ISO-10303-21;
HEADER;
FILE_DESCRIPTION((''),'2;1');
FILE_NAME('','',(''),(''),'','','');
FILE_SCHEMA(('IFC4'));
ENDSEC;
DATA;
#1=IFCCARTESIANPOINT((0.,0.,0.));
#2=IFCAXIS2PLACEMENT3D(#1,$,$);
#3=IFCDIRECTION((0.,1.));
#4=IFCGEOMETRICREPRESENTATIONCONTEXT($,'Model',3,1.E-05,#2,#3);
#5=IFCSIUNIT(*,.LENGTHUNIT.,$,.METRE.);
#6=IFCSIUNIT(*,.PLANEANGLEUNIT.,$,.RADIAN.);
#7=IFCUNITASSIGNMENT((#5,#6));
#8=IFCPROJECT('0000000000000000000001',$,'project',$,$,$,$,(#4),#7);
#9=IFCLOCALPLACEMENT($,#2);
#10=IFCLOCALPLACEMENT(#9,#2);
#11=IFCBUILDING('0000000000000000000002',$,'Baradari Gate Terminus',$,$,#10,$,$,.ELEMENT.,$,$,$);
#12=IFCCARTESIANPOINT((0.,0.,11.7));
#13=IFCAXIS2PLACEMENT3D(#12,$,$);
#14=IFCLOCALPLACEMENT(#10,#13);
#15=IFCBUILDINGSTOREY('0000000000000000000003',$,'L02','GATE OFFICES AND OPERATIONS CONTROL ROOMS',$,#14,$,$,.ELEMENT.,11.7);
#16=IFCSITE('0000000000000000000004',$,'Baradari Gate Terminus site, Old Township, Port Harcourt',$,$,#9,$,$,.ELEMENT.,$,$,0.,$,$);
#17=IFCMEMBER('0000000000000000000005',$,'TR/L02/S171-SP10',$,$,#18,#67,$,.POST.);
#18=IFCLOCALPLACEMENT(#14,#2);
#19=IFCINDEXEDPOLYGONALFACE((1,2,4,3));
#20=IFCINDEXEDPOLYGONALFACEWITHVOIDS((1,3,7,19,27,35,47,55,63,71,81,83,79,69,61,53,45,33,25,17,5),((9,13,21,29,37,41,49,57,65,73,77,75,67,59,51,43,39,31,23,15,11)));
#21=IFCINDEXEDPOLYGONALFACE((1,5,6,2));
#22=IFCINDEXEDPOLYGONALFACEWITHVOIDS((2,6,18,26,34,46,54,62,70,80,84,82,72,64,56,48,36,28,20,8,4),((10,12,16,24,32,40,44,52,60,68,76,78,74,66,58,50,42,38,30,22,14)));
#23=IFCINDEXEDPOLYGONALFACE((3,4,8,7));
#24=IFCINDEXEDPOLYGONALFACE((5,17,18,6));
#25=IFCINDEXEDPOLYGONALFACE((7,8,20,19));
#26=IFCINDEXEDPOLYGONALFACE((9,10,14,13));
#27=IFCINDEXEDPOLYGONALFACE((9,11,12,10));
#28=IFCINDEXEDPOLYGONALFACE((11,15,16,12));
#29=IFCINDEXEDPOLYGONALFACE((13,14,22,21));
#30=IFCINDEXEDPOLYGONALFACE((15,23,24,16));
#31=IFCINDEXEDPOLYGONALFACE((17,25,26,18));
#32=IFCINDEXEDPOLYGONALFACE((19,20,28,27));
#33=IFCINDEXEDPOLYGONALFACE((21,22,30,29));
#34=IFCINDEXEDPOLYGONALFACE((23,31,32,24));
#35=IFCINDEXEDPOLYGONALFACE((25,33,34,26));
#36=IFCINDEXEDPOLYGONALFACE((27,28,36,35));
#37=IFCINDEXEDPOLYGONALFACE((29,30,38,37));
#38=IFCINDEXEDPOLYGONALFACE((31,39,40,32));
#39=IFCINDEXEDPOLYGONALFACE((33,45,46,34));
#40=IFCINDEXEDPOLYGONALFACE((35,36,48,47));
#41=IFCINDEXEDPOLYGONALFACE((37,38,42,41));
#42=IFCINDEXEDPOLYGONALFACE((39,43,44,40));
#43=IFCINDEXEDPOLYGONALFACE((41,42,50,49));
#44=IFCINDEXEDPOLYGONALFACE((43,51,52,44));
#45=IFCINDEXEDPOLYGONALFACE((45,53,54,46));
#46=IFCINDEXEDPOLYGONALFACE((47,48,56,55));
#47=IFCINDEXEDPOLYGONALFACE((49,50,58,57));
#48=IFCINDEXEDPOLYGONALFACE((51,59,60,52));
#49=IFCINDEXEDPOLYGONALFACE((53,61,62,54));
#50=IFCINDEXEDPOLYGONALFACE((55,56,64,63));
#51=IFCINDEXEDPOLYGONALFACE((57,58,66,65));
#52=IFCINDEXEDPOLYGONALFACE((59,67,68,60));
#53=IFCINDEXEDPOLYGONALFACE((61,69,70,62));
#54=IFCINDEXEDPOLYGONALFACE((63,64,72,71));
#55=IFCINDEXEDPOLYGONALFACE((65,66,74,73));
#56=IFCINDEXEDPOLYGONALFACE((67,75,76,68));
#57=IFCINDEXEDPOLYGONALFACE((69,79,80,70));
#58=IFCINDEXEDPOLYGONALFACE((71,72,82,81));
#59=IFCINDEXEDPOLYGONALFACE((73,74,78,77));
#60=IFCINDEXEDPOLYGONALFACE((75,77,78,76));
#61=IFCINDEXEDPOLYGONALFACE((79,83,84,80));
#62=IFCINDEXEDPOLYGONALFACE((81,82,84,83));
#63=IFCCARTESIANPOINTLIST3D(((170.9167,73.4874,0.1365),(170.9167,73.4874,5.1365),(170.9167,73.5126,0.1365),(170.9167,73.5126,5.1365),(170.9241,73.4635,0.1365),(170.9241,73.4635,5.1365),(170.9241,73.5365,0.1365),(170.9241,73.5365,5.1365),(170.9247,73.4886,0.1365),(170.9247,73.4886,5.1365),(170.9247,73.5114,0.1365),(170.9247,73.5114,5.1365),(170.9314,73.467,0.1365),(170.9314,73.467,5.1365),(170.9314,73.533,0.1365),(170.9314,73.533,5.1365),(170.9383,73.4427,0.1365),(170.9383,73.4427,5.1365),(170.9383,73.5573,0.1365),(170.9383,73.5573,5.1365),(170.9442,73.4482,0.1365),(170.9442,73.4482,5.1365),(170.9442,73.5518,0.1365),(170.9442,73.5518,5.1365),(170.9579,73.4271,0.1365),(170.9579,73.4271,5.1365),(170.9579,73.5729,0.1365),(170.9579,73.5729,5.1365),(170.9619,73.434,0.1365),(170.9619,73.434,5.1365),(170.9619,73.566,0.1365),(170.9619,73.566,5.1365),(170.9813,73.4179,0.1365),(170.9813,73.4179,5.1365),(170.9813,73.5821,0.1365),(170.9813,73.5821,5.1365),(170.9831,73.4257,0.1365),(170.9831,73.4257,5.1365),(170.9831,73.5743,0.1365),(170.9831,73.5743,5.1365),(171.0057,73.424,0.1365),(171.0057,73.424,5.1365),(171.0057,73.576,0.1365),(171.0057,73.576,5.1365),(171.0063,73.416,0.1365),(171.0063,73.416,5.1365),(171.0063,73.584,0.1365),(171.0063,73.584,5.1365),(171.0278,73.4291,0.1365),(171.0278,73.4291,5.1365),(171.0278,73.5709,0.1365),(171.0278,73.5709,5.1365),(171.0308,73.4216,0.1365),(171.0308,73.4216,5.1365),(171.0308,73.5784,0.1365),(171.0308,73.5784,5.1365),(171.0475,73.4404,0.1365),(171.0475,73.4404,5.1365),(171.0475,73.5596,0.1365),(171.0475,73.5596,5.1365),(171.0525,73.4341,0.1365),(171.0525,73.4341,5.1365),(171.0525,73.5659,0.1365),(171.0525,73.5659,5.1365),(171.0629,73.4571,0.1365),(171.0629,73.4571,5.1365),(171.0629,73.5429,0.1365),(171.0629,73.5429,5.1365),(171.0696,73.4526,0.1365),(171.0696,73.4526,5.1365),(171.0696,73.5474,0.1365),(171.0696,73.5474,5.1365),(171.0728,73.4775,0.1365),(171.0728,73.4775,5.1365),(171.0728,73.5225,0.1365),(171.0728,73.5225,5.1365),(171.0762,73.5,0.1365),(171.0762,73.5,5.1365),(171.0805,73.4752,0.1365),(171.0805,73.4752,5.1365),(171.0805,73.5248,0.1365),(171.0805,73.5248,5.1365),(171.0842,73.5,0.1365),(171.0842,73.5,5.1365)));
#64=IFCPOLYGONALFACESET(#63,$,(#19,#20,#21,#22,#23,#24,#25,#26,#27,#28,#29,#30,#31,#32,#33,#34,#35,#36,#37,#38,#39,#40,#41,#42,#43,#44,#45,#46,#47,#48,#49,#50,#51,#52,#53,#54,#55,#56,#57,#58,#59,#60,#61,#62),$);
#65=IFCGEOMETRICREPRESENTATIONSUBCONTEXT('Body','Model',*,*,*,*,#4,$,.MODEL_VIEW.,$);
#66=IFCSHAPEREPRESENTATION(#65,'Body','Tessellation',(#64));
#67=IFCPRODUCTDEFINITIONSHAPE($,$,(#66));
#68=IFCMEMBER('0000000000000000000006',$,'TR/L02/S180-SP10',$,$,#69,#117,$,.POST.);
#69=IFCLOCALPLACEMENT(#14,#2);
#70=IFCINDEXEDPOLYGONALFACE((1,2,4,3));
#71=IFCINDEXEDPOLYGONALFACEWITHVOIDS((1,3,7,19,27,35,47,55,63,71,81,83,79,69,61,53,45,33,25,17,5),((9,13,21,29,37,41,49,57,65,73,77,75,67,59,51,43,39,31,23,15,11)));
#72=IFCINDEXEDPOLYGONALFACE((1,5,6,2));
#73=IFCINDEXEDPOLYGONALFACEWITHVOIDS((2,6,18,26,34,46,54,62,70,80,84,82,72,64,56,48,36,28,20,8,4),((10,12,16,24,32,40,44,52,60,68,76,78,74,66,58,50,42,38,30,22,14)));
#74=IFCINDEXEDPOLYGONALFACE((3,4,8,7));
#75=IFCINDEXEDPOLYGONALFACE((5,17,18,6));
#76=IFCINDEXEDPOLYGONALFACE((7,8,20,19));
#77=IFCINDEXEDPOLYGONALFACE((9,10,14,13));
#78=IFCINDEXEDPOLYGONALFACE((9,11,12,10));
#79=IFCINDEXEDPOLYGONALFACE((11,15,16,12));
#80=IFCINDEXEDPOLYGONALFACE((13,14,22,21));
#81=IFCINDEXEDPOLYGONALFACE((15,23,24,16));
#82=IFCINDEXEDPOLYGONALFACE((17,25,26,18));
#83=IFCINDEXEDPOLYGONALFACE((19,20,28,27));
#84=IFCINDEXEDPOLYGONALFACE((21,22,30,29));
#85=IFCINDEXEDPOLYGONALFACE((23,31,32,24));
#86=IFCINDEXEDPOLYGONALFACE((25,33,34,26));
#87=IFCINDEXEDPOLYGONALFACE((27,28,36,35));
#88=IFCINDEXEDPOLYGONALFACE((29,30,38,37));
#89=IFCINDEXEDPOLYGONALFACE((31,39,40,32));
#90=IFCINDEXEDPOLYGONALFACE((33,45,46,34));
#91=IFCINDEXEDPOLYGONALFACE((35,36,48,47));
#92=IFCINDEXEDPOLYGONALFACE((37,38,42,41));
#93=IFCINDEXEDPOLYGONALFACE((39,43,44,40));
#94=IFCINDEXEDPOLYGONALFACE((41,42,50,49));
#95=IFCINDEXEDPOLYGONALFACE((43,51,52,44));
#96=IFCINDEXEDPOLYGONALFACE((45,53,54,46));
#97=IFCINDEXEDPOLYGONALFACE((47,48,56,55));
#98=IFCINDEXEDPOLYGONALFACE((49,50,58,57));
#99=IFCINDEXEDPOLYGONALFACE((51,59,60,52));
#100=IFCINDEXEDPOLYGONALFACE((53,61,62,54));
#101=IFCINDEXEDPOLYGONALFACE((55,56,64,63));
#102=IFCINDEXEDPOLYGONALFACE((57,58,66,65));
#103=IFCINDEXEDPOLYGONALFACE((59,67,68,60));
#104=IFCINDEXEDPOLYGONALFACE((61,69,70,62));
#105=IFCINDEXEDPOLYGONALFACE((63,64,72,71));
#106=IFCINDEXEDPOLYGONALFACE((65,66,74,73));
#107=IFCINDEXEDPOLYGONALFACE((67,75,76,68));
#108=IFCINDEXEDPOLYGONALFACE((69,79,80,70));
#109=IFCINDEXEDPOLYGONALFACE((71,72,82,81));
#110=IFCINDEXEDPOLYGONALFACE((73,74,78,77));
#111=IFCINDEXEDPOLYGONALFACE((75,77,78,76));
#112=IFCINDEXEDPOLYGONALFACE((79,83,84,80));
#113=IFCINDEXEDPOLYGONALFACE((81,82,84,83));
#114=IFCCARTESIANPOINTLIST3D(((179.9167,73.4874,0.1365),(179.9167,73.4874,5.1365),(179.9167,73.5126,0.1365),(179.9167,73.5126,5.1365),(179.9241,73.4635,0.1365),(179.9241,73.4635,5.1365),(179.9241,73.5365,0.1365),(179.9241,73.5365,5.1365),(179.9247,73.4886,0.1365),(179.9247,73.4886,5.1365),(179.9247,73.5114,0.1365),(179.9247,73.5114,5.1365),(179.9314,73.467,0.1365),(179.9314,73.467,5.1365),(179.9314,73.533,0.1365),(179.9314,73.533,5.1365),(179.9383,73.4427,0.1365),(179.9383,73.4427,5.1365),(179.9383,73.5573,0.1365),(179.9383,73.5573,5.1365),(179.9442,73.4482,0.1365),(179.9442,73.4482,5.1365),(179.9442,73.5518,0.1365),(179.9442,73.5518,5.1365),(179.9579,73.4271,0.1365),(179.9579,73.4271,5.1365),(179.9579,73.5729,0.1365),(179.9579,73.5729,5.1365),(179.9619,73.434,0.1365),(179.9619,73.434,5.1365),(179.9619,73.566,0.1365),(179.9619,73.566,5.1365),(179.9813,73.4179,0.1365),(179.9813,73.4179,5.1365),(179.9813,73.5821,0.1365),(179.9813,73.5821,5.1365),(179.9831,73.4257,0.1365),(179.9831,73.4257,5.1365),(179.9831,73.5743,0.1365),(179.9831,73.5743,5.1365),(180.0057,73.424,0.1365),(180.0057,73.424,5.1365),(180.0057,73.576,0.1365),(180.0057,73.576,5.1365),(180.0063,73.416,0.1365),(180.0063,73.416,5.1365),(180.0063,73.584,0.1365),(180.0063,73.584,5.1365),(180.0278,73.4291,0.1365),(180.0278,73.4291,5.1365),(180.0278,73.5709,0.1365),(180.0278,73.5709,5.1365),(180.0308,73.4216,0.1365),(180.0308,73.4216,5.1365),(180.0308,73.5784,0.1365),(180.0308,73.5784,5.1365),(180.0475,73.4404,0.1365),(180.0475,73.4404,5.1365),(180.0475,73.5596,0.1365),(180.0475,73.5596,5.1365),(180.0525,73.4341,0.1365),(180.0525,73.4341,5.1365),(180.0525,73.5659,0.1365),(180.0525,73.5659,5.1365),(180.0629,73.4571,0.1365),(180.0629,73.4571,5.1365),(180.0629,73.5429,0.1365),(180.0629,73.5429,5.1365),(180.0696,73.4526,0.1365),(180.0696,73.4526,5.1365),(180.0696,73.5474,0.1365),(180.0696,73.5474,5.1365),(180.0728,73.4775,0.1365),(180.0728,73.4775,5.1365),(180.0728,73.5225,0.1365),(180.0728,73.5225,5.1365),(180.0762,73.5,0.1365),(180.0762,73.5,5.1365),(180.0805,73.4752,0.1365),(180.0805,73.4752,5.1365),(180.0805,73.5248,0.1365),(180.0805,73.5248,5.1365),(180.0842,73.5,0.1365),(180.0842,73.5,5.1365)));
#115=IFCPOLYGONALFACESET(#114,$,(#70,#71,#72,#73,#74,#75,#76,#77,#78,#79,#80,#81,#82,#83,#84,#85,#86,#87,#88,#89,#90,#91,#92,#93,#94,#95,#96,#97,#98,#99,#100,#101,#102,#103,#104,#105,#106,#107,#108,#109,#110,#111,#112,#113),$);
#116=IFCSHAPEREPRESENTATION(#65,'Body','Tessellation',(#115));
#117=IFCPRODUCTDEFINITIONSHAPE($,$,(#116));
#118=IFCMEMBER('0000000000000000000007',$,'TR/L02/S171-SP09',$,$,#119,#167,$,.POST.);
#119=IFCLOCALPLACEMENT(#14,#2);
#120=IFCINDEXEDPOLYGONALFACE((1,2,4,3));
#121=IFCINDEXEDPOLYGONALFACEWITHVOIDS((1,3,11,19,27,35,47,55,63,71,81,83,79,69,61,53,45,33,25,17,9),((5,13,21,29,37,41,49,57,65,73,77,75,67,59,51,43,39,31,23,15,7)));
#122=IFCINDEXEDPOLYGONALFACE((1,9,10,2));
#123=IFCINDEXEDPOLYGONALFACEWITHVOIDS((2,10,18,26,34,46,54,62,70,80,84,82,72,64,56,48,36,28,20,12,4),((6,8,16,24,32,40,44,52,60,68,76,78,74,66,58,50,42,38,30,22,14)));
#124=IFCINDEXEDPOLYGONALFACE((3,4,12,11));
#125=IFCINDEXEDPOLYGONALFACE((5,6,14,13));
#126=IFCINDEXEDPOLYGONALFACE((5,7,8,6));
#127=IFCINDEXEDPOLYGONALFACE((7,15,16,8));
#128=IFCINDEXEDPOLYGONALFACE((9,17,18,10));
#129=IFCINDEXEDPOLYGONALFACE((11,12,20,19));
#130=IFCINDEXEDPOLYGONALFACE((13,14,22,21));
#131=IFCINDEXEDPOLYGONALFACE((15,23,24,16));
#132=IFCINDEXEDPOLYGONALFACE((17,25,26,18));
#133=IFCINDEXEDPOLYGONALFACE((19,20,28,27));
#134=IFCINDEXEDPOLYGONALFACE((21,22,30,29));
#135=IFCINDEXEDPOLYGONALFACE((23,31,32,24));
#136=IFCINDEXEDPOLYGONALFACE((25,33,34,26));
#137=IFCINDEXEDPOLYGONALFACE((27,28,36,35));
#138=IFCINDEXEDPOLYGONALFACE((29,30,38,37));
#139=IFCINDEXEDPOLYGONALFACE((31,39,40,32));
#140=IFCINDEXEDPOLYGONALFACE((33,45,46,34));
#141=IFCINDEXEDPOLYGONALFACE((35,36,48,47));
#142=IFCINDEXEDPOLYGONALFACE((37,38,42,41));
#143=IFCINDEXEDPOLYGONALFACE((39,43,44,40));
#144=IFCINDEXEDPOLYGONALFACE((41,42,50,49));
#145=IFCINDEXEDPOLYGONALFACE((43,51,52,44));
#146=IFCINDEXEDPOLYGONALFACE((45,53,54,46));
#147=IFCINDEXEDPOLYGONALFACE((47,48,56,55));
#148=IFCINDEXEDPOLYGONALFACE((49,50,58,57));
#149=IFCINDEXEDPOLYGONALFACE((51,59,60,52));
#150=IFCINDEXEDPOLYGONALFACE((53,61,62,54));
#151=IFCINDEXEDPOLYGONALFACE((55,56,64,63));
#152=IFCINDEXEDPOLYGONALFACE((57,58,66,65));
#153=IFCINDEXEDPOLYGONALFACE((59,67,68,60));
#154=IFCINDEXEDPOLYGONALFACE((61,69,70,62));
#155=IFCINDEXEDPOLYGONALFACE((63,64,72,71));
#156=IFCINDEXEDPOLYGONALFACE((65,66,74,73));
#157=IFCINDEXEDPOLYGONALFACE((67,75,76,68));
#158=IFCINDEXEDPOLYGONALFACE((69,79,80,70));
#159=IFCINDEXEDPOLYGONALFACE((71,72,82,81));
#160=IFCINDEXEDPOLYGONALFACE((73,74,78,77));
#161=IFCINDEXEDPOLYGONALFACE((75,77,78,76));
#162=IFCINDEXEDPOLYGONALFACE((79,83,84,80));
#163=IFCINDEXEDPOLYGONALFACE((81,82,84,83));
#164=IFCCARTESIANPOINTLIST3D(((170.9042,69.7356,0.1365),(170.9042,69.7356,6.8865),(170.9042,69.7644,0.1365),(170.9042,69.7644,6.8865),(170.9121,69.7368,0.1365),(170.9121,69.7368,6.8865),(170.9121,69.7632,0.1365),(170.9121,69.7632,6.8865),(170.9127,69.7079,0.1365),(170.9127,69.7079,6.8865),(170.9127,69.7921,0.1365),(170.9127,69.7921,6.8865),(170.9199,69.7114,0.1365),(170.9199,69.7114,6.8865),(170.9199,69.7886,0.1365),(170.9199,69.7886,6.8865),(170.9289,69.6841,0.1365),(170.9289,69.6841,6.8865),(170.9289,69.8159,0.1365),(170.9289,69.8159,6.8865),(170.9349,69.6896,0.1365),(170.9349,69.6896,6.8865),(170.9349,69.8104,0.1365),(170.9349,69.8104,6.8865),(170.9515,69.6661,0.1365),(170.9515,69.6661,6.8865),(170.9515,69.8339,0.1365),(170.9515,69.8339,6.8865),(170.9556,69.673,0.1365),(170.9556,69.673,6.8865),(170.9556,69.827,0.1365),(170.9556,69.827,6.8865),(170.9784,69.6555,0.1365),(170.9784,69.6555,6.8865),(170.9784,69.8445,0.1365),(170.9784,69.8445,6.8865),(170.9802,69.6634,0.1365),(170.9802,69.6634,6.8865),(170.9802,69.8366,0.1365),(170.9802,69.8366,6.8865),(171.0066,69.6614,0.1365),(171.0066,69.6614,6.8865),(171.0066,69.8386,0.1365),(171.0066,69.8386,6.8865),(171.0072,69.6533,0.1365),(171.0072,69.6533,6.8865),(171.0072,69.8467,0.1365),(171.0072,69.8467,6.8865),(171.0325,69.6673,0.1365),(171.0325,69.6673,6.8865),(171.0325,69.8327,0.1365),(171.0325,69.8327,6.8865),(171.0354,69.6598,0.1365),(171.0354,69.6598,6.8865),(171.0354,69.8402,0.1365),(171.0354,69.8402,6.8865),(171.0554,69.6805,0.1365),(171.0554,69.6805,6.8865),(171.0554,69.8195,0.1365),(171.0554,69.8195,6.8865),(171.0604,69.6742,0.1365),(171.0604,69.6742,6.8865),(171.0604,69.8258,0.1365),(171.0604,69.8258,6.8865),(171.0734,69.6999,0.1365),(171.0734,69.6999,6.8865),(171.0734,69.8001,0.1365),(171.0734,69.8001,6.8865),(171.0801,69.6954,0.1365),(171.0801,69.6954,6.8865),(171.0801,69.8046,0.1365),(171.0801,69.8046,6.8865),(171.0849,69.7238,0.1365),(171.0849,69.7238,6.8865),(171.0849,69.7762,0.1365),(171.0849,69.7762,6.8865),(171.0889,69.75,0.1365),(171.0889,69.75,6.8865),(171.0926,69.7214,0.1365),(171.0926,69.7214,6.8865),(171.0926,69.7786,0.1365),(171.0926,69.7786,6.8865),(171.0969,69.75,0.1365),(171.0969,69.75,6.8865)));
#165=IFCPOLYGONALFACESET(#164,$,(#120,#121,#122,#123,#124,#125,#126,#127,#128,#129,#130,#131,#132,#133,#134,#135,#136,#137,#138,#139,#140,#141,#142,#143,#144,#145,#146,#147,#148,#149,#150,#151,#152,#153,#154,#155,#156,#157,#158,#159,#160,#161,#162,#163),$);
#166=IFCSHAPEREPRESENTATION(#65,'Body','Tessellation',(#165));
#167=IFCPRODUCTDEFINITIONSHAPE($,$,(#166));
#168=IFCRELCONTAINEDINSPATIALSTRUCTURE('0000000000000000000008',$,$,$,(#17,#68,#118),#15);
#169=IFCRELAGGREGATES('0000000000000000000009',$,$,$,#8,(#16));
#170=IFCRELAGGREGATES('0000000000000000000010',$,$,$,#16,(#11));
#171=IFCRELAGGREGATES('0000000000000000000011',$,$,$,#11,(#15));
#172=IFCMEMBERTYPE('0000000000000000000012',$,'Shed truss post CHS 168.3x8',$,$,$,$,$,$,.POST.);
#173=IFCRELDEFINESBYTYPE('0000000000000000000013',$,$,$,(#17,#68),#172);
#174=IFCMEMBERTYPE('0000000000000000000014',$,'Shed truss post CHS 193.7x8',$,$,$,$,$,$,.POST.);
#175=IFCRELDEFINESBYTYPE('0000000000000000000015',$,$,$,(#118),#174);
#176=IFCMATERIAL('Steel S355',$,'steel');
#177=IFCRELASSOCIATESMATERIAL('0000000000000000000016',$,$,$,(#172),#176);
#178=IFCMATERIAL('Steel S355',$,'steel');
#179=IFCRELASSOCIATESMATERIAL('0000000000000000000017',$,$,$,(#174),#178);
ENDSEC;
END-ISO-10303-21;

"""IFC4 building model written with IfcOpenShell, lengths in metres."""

from ifc_helpers import new_model, si_unit, direction, frame, origin, origin_2d, place, context, subcontext, project, spatial, hollow_circle, extrude, material, material_profile, profile_set, type_object, element, save


model = new_model("IFC4")

# Units and contexts
model_context = context("Model", 3, precision=1e-05, world=origin(), true_north=direction((0.0, 1.0)))
body_context = subcontext(model_context, "Body", "Model", "MODEL_VIEW")
ifc_project = project(units=[si_unit("LENGTHUNIT", "METRE"), si_unit("PLANEANGLEUNIT", "RADIAN")], contexts=[model_context])

# Site, building, storey
site_placement = place(None, origin())
site = spatial("IfcSite", under=ifc_project, at=site_placement, Name="Baradari Gate Terminus site, Old Township, Port Harcourt", CompositionType="ELEMENT", RefElevation=0.0)
building_placement = place(site_placement, origin())
building = spatial("IfcBuilding", under=site, at=building_placement, Name="Baradari Gate Terminus", CompositionType="ELEMENT")
storey_placement = place(building_placement, frame((0.0, 0.0, 11.7)))
storey = spatial("IfcBuildingStorey", under=building, at=storey_placement, Name="L02", Description="GATE OFFICES AND OPERATIONS CONTROL ROOMS", CompositionType="ELEMENT", Elevation=11.7)

# Members
ifc_material_1 = material(Name="Steel S355", Category="steel")
ifc_material_profile_1 = material_profile(ifc_material_1, hollow_circle(Radius=0.0842, WallThickness=0.0081, at=origin_2d()), Name="CHS 168.3x8")
ifc_profile_set_1 = profile_set([ifc_material_profile_1], Name="Steel S355")
member_type_1 = type_object("IfcMemberType", Name="Shed truss post CHS 168.3x8", PredefinedType="POST", material=ifc_profile_set_1)
for number, where, z_axis, x_axis, name in (
    (1, (171.0, 73.5, 0.1365), (0.0, 0.0, 1.0), (1.0, 0.0, 0.0), "TR/L02/S171-SP10"),
    (2, (180.0, 73.5, 0.1365), (0.0, 0.0, 1.0), (1.0, 0.0, 0.0), "TR/L02/S180-SP10"),
):
    element("IfcMember", number, at=place(storey_placement, frame(where, z_axis=z_axis, x_axis=x_axis)), inside=storey, type_object=member_type_1, Name=name, PredefinedType="POST", context=body_context, shape_type="SweptSolid", body=[
        extrude(hollow_circle(Radius=0.0842, WallThickness=0.0081, at=origin_2d()), origin(), (0.0, 0.0, 1.0), 5.0),
    ])
ifc_material_2 = material(Name="Steel S355", Category="steel")
ifc_material_profile_2 = material_profile(ifc_material_2, hollow_circle(Radius=0.0969, WallThickness=0.0081, at=origin_2d()), Name="CHS 193.7x8")
ifc_profile_set_2 = profile_set([ifc_material_profile_2], Name="Steel S355")
member_type_2 = type_object("IfcMemberType", Name="Shed truss post CHS 193.7x8", PredefinedType="POST", material=ifc_profile_set_2)
for number, where, z_axis, x_axis, name in (
    (3, (171.0, 69.75, 0.1365), (0.0, 0.0, 1.0), (1.0, 0.0, 0.0), "TR/L02/S171-SP09"),
):
    element("IfcMember", number, at=place(storey_placement, frame(where, z_axis=z_axis, x_axis=x_axis)), inside=storey, type_object=member_type_2, Name=name, PredefinedType="POST", context=body_context, shape_type="SweptSolid", body=[
        extrude(hollow_circle(Radius=0.0969, WallThickness=0.0081, at=origin_2d()), origin(), (0.0, 0.0, 1.0), 6.75),
    ])

save(model, "model.ifc")
